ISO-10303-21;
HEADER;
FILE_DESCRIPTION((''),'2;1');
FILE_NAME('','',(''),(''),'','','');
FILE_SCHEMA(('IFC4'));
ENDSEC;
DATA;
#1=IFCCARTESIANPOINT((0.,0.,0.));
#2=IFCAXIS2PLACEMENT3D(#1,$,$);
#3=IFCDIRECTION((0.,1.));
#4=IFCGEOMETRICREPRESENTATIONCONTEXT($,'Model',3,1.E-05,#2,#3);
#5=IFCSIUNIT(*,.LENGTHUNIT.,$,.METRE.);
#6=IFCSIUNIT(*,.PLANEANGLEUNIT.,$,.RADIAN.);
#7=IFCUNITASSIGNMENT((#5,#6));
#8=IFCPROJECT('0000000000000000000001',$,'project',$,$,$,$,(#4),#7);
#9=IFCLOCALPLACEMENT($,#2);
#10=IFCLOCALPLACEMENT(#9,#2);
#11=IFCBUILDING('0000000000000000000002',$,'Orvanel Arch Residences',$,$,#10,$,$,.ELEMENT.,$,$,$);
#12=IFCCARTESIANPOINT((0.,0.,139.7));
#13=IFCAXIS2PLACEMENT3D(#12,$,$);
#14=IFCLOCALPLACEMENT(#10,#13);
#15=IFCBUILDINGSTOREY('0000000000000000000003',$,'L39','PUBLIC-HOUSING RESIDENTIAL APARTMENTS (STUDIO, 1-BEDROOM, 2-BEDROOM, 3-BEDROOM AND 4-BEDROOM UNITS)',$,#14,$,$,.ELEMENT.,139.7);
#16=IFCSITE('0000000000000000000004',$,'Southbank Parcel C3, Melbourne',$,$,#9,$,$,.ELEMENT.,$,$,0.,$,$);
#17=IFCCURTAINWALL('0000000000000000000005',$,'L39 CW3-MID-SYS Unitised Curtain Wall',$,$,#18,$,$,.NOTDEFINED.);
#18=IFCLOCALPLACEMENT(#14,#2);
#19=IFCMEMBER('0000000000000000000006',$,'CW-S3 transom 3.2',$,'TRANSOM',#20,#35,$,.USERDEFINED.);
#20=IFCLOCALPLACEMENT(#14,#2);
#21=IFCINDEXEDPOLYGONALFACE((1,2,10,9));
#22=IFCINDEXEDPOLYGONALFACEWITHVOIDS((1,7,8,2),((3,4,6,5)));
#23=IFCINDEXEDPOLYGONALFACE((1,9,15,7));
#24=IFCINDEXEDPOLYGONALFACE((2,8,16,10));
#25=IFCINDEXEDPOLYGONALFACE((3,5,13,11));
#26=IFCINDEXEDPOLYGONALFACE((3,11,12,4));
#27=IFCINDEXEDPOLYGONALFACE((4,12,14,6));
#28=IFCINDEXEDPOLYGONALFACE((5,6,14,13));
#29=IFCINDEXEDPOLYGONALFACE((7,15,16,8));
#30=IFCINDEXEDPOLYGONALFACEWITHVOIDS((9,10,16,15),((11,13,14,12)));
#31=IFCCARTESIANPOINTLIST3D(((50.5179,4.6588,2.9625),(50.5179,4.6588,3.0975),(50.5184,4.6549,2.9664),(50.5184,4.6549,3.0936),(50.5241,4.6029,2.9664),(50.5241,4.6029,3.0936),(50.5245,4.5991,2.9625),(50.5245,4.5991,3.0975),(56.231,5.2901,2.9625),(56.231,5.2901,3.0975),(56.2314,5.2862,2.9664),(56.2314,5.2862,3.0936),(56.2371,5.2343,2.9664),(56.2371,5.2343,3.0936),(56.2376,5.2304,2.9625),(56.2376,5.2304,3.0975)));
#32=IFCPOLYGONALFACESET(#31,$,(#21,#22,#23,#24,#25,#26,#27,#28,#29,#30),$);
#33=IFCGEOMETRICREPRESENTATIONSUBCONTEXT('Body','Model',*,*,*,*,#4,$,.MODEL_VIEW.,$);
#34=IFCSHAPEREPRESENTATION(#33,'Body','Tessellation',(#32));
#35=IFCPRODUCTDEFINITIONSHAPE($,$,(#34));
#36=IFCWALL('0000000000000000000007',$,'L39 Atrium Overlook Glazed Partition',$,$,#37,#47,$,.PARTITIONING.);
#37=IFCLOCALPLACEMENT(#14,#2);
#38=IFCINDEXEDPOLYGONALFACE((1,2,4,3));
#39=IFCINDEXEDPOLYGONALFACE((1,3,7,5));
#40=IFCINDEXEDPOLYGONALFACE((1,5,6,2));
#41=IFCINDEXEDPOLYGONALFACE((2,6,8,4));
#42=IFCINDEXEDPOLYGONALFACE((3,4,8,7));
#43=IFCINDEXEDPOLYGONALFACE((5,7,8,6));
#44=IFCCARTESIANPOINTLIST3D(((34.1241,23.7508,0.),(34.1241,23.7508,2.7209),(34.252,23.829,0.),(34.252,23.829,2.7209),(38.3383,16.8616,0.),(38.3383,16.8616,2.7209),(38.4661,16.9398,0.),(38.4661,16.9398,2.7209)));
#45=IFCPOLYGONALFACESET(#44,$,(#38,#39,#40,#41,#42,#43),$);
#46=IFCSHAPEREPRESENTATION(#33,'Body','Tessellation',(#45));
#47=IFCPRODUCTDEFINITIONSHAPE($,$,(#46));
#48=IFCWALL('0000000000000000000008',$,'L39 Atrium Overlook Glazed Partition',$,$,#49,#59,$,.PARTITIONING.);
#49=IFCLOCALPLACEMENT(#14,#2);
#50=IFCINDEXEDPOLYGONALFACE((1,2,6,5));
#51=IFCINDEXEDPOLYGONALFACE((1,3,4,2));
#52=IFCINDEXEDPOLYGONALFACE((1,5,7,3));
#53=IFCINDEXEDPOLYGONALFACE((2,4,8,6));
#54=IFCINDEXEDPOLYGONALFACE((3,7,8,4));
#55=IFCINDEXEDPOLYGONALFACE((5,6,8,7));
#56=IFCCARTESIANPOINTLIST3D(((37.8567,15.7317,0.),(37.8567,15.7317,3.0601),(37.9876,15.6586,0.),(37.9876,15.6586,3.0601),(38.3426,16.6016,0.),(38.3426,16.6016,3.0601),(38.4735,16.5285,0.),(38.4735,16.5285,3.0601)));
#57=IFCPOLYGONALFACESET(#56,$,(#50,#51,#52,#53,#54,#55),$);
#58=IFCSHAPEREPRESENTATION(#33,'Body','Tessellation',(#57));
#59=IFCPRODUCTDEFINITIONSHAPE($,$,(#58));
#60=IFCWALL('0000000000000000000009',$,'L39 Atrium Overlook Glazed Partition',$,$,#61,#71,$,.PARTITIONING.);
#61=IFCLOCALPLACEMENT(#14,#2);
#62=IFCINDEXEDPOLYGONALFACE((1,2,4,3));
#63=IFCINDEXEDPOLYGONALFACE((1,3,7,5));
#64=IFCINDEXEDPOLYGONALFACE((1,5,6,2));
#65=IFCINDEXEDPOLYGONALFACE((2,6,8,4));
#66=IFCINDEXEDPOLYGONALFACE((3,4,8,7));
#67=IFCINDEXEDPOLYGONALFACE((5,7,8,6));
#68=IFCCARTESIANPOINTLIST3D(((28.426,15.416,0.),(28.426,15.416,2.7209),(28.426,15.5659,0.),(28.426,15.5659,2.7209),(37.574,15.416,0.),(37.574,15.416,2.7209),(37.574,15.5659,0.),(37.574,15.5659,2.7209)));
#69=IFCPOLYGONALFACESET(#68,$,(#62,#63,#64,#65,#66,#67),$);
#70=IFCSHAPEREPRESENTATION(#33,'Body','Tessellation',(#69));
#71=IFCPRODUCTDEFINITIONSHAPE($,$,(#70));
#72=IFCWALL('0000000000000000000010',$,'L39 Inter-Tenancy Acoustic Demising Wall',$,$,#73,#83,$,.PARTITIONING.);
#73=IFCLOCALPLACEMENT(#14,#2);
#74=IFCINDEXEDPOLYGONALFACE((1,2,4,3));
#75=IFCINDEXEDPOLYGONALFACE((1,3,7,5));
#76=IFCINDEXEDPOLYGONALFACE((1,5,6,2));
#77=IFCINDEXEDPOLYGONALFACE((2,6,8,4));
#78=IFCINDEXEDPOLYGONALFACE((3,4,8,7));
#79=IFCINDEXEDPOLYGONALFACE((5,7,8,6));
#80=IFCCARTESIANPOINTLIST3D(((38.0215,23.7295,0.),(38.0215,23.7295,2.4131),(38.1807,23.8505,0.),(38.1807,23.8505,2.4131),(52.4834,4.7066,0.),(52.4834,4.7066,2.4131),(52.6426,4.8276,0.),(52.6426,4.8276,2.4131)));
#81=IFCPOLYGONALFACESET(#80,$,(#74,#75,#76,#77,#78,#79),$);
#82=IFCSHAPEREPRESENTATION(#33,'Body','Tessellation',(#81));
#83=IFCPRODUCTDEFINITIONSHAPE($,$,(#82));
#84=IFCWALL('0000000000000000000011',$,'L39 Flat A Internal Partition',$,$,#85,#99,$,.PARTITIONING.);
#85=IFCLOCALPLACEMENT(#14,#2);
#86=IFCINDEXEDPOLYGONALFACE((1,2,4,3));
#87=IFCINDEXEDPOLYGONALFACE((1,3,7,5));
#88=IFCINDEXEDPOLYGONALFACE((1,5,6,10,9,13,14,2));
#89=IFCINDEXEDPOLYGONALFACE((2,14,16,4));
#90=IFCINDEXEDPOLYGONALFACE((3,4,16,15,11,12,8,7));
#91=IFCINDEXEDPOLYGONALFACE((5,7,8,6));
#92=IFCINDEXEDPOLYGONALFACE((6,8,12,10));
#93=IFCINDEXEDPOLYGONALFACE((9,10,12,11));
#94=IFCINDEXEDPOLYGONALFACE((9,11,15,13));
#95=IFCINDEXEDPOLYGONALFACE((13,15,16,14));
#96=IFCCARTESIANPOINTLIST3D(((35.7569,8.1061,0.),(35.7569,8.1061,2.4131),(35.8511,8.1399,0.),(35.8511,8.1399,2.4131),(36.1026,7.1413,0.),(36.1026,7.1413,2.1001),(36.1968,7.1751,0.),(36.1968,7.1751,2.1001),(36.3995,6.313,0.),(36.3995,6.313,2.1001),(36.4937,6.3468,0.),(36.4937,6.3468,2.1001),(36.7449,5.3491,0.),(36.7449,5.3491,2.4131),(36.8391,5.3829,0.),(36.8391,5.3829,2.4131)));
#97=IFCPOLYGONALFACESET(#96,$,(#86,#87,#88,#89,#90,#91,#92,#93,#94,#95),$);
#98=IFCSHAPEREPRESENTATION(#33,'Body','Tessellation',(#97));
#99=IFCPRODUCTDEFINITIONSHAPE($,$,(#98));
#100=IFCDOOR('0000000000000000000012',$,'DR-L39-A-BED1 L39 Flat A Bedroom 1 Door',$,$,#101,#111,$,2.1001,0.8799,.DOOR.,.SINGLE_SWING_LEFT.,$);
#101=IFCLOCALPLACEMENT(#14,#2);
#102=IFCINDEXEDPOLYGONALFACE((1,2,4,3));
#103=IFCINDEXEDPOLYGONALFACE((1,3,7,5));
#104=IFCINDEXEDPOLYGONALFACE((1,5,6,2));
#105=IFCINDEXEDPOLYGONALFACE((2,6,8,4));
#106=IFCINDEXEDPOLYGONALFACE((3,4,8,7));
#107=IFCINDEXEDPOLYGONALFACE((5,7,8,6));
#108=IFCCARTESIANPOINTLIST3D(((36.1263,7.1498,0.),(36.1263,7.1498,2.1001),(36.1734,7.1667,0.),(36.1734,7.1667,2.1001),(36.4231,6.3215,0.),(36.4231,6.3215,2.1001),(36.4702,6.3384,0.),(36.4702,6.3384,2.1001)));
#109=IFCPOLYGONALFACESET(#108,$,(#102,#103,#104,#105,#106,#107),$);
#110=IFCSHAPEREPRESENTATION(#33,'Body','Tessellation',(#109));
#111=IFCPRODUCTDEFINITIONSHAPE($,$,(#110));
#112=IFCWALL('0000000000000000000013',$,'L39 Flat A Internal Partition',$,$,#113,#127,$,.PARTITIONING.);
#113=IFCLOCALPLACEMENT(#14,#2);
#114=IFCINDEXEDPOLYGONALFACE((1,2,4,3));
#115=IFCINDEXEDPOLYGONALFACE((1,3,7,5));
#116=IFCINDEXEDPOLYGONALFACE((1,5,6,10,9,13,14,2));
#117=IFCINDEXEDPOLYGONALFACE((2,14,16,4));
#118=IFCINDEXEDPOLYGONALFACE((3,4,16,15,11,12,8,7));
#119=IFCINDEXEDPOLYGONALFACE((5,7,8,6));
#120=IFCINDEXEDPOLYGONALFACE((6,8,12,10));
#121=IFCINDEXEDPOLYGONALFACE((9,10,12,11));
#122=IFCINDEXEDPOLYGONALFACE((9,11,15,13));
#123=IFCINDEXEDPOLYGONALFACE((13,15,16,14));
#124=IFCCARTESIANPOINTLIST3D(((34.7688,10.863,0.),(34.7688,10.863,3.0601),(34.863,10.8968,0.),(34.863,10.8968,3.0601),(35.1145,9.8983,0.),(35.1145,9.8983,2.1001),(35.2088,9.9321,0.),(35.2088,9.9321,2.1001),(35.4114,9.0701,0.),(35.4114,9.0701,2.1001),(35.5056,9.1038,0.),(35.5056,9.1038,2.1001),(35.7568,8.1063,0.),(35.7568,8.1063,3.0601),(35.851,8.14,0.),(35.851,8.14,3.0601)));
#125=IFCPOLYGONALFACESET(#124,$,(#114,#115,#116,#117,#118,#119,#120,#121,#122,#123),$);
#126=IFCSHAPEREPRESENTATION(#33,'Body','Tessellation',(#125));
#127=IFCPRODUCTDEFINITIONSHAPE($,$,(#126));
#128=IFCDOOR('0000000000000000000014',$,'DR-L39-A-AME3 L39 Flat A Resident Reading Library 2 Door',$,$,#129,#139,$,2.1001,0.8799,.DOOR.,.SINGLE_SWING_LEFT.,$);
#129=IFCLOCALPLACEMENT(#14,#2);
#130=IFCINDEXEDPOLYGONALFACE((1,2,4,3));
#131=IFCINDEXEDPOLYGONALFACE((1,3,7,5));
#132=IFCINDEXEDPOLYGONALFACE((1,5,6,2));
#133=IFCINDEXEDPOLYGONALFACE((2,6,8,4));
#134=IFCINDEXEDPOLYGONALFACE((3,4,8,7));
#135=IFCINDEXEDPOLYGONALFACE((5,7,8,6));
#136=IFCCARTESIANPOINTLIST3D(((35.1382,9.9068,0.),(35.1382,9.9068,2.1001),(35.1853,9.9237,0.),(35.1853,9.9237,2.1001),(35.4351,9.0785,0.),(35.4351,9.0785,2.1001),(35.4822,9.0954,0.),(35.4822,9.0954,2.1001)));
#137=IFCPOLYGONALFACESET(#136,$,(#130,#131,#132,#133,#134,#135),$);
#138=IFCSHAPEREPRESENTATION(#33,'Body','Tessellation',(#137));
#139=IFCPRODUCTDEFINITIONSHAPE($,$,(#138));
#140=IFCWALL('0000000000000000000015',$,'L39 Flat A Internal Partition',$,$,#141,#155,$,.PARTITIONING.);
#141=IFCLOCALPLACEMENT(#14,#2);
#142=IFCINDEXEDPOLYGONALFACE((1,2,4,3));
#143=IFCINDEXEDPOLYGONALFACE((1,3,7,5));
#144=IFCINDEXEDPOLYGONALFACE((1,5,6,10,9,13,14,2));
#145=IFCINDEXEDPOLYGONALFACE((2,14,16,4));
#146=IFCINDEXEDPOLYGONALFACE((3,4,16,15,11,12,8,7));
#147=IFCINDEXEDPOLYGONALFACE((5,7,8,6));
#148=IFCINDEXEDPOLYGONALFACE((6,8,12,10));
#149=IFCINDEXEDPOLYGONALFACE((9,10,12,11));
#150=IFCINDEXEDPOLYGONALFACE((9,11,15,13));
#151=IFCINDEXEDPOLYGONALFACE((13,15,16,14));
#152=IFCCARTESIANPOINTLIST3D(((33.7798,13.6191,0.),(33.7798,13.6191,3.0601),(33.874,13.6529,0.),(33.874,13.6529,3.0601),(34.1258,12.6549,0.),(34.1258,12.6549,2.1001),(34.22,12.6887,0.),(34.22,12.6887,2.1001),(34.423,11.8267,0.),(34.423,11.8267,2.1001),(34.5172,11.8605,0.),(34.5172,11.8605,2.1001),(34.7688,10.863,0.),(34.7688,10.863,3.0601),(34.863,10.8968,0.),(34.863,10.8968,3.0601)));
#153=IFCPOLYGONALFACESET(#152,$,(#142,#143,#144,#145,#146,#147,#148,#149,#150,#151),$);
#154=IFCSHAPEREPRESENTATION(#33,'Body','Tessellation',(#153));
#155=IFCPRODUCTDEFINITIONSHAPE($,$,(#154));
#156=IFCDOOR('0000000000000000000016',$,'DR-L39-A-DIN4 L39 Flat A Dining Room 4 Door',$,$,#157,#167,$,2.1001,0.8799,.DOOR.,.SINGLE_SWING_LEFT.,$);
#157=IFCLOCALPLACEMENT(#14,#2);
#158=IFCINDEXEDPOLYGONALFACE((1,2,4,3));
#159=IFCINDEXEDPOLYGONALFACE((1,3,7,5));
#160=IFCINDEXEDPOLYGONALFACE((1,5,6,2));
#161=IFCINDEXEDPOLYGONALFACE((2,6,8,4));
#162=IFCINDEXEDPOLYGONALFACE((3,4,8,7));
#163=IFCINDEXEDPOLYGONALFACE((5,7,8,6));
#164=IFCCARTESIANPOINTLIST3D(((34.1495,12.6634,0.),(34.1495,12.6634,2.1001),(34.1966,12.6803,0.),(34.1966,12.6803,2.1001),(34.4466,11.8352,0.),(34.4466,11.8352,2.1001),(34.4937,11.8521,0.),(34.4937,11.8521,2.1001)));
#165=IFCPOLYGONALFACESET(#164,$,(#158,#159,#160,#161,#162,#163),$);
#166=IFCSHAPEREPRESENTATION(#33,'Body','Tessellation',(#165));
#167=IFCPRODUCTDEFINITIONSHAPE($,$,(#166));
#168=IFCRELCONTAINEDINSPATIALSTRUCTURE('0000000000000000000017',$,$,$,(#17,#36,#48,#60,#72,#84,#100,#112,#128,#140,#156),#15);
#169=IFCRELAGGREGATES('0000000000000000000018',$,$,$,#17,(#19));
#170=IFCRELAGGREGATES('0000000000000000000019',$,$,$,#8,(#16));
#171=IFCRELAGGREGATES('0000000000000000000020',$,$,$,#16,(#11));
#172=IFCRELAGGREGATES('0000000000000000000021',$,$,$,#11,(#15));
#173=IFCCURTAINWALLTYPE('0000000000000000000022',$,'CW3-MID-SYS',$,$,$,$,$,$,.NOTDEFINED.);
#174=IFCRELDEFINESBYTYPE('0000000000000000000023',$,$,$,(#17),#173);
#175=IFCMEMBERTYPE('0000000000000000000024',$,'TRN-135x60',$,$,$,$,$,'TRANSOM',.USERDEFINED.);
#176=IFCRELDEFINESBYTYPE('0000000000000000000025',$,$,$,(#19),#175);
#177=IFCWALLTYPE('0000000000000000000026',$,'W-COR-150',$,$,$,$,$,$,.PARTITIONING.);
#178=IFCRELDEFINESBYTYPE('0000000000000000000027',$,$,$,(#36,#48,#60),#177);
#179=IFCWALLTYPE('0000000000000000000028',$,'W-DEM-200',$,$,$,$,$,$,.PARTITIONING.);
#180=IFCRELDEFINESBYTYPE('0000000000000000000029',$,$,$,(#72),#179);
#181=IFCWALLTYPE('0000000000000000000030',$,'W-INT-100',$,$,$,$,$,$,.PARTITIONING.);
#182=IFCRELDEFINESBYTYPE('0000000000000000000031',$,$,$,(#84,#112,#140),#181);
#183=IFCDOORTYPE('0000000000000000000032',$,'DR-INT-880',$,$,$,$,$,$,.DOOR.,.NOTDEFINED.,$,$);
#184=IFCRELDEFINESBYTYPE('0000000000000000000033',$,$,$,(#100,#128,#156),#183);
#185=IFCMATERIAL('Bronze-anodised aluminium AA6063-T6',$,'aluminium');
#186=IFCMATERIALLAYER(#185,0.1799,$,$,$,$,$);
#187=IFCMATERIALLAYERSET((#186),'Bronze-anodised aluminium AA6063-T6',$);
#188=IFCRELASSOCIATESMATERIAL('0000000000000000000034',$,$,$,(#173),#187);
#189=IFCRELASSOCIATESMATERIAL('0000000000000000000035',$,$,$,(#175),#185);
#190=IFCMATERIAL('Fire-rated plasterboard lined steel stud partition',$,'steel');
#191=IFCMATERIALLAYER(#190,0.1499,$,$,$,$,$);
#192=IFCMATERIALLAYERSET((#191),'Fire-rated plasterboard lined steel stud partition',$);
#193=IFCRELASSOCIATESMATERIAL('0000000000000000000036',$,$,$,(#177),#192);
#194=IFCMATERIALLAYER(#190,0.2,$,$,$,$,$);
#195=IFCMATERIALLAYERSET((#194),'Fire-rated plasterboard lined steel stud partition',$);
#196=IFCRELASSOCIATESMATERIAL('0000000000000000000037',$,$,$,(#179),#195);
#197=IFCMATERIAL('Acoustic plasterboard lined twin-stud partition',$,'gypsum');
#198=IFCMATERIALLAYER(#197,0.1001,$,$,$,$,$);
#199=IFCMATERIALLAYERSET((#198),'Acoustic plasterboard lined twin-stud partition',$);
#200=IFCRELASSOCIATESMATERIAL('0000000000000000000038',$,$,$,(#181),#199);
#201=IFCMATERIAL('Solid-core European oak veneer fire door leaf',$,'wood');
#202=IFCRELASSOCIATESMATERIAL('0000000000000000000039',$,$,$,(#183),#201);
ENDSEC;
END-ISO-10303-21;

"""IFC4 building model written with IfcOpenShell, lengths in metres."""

from ifc_helpers import new_model, si_unit, direction, frame, frame_2d, origin, origin_2d, place, context, subcontext, project, spatial, rectangle, hollow_rectangle, extrude, material, layer, layer_set, material_profile, profile_set, type_object, element, fill, aggregate, save


model = new_model("IFC4")

# Units and contexts
model_context = context("Model", 3, precision=1e-05, world=origin(), true_north=direction((0.0, 1.0)))
body_context = subcontext(model_context, "Body", "Model", "MODEL_VIEW")
ifc_project = project(units=[si_unit("LENGTHUNIT", "METRE"), si_unit("PLANEANGLEUNIT", "RADIAN")], contexts=[model_context])

# Site, building, storey
site_placement = place(None, origin())
site = spatial("IfcSite", under=ifc_project, at=site_placement, Name="Southbank Parcel C3, Melbourne", CompositionType="ELEMENT", RefElevation=0.0)
building_placement = place(site_placement, origin())
building = spatial("IfcBuilding", under=site, at=building_placement, Name="Orvanel Arch Residences", CompositionType="ELEMENT")
storey_placement = place(building_placement, frame((0.0, 0.0, 139.7)))
storey = spatial("IfcBuildingStorey", under=building, at=storey_placement, Name="L39", Description="PUBLIC-HOUSING RESIDENTIAL APARTMENTS (STUDIO, 1-BEDROOM, 2-BEDROOM, 3-BEDROOM AND 4-BEDROOM UNITS)", CompositionType="ELEMENT", Elevation=139.7)

# Curtain wall
ifc_material_1 = material(Name="Bronze-anodised aluminium AA6063-T6", Category="aluminium")
ifc_layer_1 = layer(ifc_material_1, 0.1799)
ifc_layer_set_1 = layer_set([ifc_layer_1], Name="Bronze-anodised aluminium AA6063-T6")
curtain_wall_type = type_object("IfcCurtainWallType", Name="CW3-MID-SYS", PredefinedType="NOTDEFINED", material=ifc_layer_set_1)
curtain_wall_placement = place(storey_placement, origin())
curtain_wall = element("IfcCurtainWall", 1, at=curtain_wall_placement, inside=storey, type_object=curtain_wall_type, Name="L39 CW3-MID-SYS Unitised Curtain Wall", PredefinedType="NOTDEFINED")

# Member
ifc_material_profile_1 = material_profile(ifc_material_1, hollow_rectangle(XDim=0.0601, YDim=0.135, WallThickness=0.0039, at=origin_2d()), Name="ALU135x60x4")
ifc_profile_set_1 = profile_set([ifc_material_profile_1], Name="Bronze-anodised aluminium AA6063-T6")
member_type_1 = type_object("IfcMemberType", Name="TRN-135x60", ElementType="TRANSOM", PredefinedType="USERDEFINED", material=ifc_profile_set_1)
member_1_placement = place(storey_placement, frame((50.5212, 4.6289, 3.03), z_axis=(0.993949, 0.109839, 0.0), x_axis=(-0.109839, 0.993949, 0.0)))
member_1 = element("IfcMember", 2, at=member_1_placement, type_object=member_type_1, Name="CW-S3 transom 3.2", ObjectType="TRANSOM", PredefinedType="USERDEFINED", context=body_context, shape_type="SweptSolid", body=[
    extrude(hollow_rectangle(XDim=0.0601, YDim=0.135, WallThickness=0.0039, at=origin_2d()), origin(), (0.0, 0.0, 1.0), 5.7478),
])
aggregate(curtain_wall, [member_1])

# Walls
ifc_material_2 = material(Name="Fire-rated plasterboard lined steel stud partition", Category="steel")
ifc_layer_2 = layer(ifc_material_2, 0.1499)
ifc_layer_set_2 = layer_set([ifc_layer_2], Name="Fire-rated plasterboard lined steel stud partition")
wall_type_1 = type_object("IfcWallType", Name="W-COR-150", PredefinedType="PARTITIONING", material=ifc_layer_set_2)
wall_1_placement = place(storey_placement, frame((34.188, 23.79, 0.0), z_axis=(0.0, 0.0, 1.0), x_axis=(0.521817, -0.853058, 0.0)))
element("IfcWall", 3, at=wall_1_placement, inside=storey, type_object=wall_type_1, Name="L39 Atrium Overlook Glazed Partition", PredefinedType="PARTITIONING", context=body_context, shape_type="SweptSolid", body=[
    extrude(rectangle(XDim=8.0759, YDim=0.1499, at=frame_2d((4.0381, 0.0))), origin(), (0.0, 0.0, 1.0), 2.7209),
])
wall_2_placement = place(storey_placement, frame((38.408, 16.5649, 0.0), z_axis=(0.0, 0.0, 1.0), x_axis=(-0.487618, -0.873057, 0.0)))
element("IfcWall", 4, at=wall_2_placement, inside=storey, type_object=wall_type_1, Name="L39 Atrium Overlook Glazed Partition", PredefinedType="PARTITIONING", context=body_context, shape_type="SweptSolid", body=[
    extrude(rectangle(XDim=0.9963, YDim=0.1499, at=frame_2d((0.498, 0.0))), origin(), (0.0, 0.0, 1.0), 3.0601),
])
wall_3_placement = place(storey_placement, frame((37.574, 15.491, 0.0), z_axis=(0.0, 0.0, 1.0), x_axis=(-1.0, 0.0, 0.0)))
element("IfcWall", 5, at=wall_3_placement, inside=storey, type_object=wall_type_1, Name="L39 Atrium Overlook Glazed Partition", PredefinedType="PARTITIONING", context=body_context, shape_type="SweptSolid", body=[
    extrude(rectangle(XDim=9.1479, YDim=0.1499, at=frame_2d((4.574, 0.0))), origin(), (0.0, 0.0, 1.0), 2.7209),
])
ifc_layer_3 = layer(ifc_material_2, 0.2)
ifc_layer_set_3 = layer_set([ifc_layer_3], Name="Fire-rated plasterboard lined steel stud partition")
wall_type_2 = type_object("IfcWallType", Name="W-DEM-200", PredefinedType="PARTITIONING", material=ifc_layer_set_3)
wall_4_placement = place(storey_placement, frame((38.1011, 23.79, 0.0), z_axis=(0.0, 0.0, 1.0), x_axis=(0.605202, -0.796072, 0.0)))
element("IfcWall", 6, at=wall_4_placement, inside=storey, type_object=wall_type_2, Name="L39 Inter-Tenancy Acoustic Demising Wall", PredefinedType="PARTITIONING", context=body_context, shape_type="SweptSolid", body=[
    extrude(rectangle(XDim=23.896, YDim=0.2, at=frame_2d((11.948, 0.0))), origin(), (0.0, 0.0, 1.0), 2.4131),
])

# Walls, openings, doors
ifc_material_3 = material(Name="Acoustic plasterboard lined twin-stud partition", Category="gypsum")
ifc_layer_4 = layer(ifc_material_3, 0.1001)
ifc_layer_set_4 = layer_set([ifc_layer_4], Name="Acoustic plasterboard lined twin-stud partition")
wall_type_3 = type_object("IfcWallType", Name="W-INT-100", PredefinedType="PARTITIONING", material=ifc_layer_set_4)
wall_5_placement = place(storey_placement, frame((36.792, 5.366, 0.0), z_axis=(0.0, 0.0, 1.0), x_axis=(-0.337355, 0.941377, 0.0)))
wall_5 = element("IfcWall", 7, at=wall_5_placement, inside=storey, type_object=wall_type_3, Name="L39 Flat A Internal Partition", PredefinedType="PARTITIONING", context=body_context, shape_type="SweptSolid", body=[
    extrude(rectangle(XDim=2.9287, YDim=0.1001, at=frame_2d((1.4644, 0.0))), origin(), (0.0, 0.0, 1.0), 2.4131),
])
opening_1_placement = place(wall_5_placement, frame((1.0239, 0.0, 0.0)))
opening_1 = element("IfcOpeningElement", 8, at=opening_1_placement, cuts=wall_5, PredefinedType="OPENING", context=body_context, shape_type="SweptSolid", body=[
    extrude(rectangle(XDim=0.8799, YDim=2.1001, at=frame_2d((0.4399, 1.05))), frame((0.0, 0.0601, 0.0), z_axis=(0.0, -1.0, 0.0), x_axis=(1.0, 0.0, 0.0)), (0.0, 0.0, 1.0), 0.1201),
])
ifc_material_4 = material(Name="Solid-core European oak veneer fire door leaf", Category="wood")
door_type_1 = type_object("IfcDoorType", Name="DR-INT-880", OperationType="NOTDEFINED", PredefinedType="DOOR", material=ifc_material_4)
door_1_placement = place(opening_1_placement, origin())
door_1 = element("IfcDoor", 9, at=door_1_placement, inside=storey, type_object=door_type_1, Name="DR-L39-A-BED1 L39 Flat A Bedroom 1 Door", OperationType="SINGLE_SWING_LEFT", OverallHeight=2.1001, OverallWidth=0.8799, PredefinedType="DOOR", context=body_context, shape_type="SweptSolid", body=[
    extrude(rectangle(XDim=0.8799, YDim=2.1001, at=frame_2d((0.4399, 1.05))), frame((0.0, 0.0249, 0.0), z_axis=(0.0, -1.0, 0.0), x_axis=(1.0, 0.0, 0.0)), (0.0, 0.0, 1.0), 0.05),
])
fill(opening_1, door_1)
wall_6_placement = place(storey_placement, frame((35.804, 8.123, 0.0), z_axis=(0.0, 0.0, 1.0), x_axis=(-0.337382, 0.941368, 0.0)))
wall_6 = element("IfcWall", 10, at=wall_6_placement, inside=storey, type_object=wall_type_3, Name="L39 Flat A Internal Partition", PredefinedType="PARTITIONING", context=body_context, shape_type="SweptSolid", body=[
    extrude(rectangle(XDim=2.9285, YDim=0.1001, at=frame_2d((1.4644, 0.0))), origin(), (0.0, 0.0, 1.0), 3.0601),
])
opening_2_placement = place(wall_6_placement, frame((1.0239, 0.0, 0.0)))
opening_2 = element("IfcOpeningElement", 11, at=opening_2_placement, cuts=wall_6, PredefinedType="OPENING", context=body_context, shape_type="SweptSolid", body=[
    extrude(rectangle(XDim=0.8799, YDim=2.1001, at=frame_2d((0.4399, 1.05))), frame((0.0, 0.0601, 0.0), z_axis=(0.0, -1.0, 0.0), x_axis=(1.0, 0.0, 0.0)), (0.0, 0.0, 1.0), 0.1201),
])
door_2_placement = place(opening_2_placement, origin())
door_2 = element("IfcDoor", 12, at=door_2_placement, inside=storey, type_object=door_type_1, Name="DR-L39-A-AME3 L39 Flat A Resident Reading Library 2 Door", OperationType="SINGLE_SWING_LEFT", OverallHeight=2.1001, OverallWidth=0.8799, PredefinedType="DOOR", context=body_context, shape_type="SweptSolid", body=[
    extrude(rectangle(XDim=0.8799, YDim=2.1001, at=frame_2d((0.4399, 1.05))), frame((0.0, 0.0249, 0.0), z_axis=(0.0, -1.0, 0.0), x_axis=(1.0, 0.0, 0.0)), (0.0, 0.0, 1.0), 0.05),
])
fill(opening_2, door_2)
wall_7_placement = place(storey_placement, frame((34.8159, 10.8799, 0.0), z_axis=(0.0, 0.0, 1.0), x_axis=(-0.337757, 0.941233, 0.0)))
wall_7 = element("IfcWall", 13, at=wall_7_placement, inside=storey, type_object=wall_type_3, Name="L39 Flat A Internal Partition", PredefinedType="PARTITIONING", context=body_context, shape_type="SweptSolid", body=[
    extrude(rectangle(XDim=2.9282, YDim=0.1001, at=frame_2d((1.4641, 0.0))), origin(), (0.0, 0.0, 1.0), 3.0601),
])
opening_3_placement = place(wall_7_placement, frame((1.0239, 0.0, 0.0)))
opening_3 = element("IfcOpeningElement", 14, at=opening_3_placement, cuts=wall_7, PredefinedType="OPENING", context=body_context, shape_type="SweptSolid", body=[
    extrude(rectangle(XDim=0.8799, YDim=2.1001, at=frame_2d((0.4399, 1.05))), frame((0.0, 0.0601, 0.0), z_axis=(0.0, -1.0, 0.0), x_axis=(1.0, 0.0, 0.0)), (0.0, 0.0, 1.0), 0.1201),
])
door_3_placement = place(opening_3_placement, origin())
door_3 = element("IfcDoor", 15, at=door_3_placement, inside=storey, type_object=door_type_1, Name="DR-L39-A-DIN4 L39 Flat A Dining Room 4 Door", OperationType="SINGLE_SWING_LEFT", OverallHeight=2.1001, OverallWidth=0.8799, PredefinedType="DOOR", context=body_context, shape_type="SweptSolid", body=[
    extrude(rectangle(XDim=0.8799, YDim=2.1001, at=frame_2d((0.4399, 1.05))), frame((0.0, 0.0249, 0.0), z_axis=(0.0, -1.0, 0.0), x_axis=(1.0, 0.0, 0.0)), (0.0, 0.0, 1.0), 0.05),
])
fill(opening_3, door_3)

save(model, "model.ifc")
